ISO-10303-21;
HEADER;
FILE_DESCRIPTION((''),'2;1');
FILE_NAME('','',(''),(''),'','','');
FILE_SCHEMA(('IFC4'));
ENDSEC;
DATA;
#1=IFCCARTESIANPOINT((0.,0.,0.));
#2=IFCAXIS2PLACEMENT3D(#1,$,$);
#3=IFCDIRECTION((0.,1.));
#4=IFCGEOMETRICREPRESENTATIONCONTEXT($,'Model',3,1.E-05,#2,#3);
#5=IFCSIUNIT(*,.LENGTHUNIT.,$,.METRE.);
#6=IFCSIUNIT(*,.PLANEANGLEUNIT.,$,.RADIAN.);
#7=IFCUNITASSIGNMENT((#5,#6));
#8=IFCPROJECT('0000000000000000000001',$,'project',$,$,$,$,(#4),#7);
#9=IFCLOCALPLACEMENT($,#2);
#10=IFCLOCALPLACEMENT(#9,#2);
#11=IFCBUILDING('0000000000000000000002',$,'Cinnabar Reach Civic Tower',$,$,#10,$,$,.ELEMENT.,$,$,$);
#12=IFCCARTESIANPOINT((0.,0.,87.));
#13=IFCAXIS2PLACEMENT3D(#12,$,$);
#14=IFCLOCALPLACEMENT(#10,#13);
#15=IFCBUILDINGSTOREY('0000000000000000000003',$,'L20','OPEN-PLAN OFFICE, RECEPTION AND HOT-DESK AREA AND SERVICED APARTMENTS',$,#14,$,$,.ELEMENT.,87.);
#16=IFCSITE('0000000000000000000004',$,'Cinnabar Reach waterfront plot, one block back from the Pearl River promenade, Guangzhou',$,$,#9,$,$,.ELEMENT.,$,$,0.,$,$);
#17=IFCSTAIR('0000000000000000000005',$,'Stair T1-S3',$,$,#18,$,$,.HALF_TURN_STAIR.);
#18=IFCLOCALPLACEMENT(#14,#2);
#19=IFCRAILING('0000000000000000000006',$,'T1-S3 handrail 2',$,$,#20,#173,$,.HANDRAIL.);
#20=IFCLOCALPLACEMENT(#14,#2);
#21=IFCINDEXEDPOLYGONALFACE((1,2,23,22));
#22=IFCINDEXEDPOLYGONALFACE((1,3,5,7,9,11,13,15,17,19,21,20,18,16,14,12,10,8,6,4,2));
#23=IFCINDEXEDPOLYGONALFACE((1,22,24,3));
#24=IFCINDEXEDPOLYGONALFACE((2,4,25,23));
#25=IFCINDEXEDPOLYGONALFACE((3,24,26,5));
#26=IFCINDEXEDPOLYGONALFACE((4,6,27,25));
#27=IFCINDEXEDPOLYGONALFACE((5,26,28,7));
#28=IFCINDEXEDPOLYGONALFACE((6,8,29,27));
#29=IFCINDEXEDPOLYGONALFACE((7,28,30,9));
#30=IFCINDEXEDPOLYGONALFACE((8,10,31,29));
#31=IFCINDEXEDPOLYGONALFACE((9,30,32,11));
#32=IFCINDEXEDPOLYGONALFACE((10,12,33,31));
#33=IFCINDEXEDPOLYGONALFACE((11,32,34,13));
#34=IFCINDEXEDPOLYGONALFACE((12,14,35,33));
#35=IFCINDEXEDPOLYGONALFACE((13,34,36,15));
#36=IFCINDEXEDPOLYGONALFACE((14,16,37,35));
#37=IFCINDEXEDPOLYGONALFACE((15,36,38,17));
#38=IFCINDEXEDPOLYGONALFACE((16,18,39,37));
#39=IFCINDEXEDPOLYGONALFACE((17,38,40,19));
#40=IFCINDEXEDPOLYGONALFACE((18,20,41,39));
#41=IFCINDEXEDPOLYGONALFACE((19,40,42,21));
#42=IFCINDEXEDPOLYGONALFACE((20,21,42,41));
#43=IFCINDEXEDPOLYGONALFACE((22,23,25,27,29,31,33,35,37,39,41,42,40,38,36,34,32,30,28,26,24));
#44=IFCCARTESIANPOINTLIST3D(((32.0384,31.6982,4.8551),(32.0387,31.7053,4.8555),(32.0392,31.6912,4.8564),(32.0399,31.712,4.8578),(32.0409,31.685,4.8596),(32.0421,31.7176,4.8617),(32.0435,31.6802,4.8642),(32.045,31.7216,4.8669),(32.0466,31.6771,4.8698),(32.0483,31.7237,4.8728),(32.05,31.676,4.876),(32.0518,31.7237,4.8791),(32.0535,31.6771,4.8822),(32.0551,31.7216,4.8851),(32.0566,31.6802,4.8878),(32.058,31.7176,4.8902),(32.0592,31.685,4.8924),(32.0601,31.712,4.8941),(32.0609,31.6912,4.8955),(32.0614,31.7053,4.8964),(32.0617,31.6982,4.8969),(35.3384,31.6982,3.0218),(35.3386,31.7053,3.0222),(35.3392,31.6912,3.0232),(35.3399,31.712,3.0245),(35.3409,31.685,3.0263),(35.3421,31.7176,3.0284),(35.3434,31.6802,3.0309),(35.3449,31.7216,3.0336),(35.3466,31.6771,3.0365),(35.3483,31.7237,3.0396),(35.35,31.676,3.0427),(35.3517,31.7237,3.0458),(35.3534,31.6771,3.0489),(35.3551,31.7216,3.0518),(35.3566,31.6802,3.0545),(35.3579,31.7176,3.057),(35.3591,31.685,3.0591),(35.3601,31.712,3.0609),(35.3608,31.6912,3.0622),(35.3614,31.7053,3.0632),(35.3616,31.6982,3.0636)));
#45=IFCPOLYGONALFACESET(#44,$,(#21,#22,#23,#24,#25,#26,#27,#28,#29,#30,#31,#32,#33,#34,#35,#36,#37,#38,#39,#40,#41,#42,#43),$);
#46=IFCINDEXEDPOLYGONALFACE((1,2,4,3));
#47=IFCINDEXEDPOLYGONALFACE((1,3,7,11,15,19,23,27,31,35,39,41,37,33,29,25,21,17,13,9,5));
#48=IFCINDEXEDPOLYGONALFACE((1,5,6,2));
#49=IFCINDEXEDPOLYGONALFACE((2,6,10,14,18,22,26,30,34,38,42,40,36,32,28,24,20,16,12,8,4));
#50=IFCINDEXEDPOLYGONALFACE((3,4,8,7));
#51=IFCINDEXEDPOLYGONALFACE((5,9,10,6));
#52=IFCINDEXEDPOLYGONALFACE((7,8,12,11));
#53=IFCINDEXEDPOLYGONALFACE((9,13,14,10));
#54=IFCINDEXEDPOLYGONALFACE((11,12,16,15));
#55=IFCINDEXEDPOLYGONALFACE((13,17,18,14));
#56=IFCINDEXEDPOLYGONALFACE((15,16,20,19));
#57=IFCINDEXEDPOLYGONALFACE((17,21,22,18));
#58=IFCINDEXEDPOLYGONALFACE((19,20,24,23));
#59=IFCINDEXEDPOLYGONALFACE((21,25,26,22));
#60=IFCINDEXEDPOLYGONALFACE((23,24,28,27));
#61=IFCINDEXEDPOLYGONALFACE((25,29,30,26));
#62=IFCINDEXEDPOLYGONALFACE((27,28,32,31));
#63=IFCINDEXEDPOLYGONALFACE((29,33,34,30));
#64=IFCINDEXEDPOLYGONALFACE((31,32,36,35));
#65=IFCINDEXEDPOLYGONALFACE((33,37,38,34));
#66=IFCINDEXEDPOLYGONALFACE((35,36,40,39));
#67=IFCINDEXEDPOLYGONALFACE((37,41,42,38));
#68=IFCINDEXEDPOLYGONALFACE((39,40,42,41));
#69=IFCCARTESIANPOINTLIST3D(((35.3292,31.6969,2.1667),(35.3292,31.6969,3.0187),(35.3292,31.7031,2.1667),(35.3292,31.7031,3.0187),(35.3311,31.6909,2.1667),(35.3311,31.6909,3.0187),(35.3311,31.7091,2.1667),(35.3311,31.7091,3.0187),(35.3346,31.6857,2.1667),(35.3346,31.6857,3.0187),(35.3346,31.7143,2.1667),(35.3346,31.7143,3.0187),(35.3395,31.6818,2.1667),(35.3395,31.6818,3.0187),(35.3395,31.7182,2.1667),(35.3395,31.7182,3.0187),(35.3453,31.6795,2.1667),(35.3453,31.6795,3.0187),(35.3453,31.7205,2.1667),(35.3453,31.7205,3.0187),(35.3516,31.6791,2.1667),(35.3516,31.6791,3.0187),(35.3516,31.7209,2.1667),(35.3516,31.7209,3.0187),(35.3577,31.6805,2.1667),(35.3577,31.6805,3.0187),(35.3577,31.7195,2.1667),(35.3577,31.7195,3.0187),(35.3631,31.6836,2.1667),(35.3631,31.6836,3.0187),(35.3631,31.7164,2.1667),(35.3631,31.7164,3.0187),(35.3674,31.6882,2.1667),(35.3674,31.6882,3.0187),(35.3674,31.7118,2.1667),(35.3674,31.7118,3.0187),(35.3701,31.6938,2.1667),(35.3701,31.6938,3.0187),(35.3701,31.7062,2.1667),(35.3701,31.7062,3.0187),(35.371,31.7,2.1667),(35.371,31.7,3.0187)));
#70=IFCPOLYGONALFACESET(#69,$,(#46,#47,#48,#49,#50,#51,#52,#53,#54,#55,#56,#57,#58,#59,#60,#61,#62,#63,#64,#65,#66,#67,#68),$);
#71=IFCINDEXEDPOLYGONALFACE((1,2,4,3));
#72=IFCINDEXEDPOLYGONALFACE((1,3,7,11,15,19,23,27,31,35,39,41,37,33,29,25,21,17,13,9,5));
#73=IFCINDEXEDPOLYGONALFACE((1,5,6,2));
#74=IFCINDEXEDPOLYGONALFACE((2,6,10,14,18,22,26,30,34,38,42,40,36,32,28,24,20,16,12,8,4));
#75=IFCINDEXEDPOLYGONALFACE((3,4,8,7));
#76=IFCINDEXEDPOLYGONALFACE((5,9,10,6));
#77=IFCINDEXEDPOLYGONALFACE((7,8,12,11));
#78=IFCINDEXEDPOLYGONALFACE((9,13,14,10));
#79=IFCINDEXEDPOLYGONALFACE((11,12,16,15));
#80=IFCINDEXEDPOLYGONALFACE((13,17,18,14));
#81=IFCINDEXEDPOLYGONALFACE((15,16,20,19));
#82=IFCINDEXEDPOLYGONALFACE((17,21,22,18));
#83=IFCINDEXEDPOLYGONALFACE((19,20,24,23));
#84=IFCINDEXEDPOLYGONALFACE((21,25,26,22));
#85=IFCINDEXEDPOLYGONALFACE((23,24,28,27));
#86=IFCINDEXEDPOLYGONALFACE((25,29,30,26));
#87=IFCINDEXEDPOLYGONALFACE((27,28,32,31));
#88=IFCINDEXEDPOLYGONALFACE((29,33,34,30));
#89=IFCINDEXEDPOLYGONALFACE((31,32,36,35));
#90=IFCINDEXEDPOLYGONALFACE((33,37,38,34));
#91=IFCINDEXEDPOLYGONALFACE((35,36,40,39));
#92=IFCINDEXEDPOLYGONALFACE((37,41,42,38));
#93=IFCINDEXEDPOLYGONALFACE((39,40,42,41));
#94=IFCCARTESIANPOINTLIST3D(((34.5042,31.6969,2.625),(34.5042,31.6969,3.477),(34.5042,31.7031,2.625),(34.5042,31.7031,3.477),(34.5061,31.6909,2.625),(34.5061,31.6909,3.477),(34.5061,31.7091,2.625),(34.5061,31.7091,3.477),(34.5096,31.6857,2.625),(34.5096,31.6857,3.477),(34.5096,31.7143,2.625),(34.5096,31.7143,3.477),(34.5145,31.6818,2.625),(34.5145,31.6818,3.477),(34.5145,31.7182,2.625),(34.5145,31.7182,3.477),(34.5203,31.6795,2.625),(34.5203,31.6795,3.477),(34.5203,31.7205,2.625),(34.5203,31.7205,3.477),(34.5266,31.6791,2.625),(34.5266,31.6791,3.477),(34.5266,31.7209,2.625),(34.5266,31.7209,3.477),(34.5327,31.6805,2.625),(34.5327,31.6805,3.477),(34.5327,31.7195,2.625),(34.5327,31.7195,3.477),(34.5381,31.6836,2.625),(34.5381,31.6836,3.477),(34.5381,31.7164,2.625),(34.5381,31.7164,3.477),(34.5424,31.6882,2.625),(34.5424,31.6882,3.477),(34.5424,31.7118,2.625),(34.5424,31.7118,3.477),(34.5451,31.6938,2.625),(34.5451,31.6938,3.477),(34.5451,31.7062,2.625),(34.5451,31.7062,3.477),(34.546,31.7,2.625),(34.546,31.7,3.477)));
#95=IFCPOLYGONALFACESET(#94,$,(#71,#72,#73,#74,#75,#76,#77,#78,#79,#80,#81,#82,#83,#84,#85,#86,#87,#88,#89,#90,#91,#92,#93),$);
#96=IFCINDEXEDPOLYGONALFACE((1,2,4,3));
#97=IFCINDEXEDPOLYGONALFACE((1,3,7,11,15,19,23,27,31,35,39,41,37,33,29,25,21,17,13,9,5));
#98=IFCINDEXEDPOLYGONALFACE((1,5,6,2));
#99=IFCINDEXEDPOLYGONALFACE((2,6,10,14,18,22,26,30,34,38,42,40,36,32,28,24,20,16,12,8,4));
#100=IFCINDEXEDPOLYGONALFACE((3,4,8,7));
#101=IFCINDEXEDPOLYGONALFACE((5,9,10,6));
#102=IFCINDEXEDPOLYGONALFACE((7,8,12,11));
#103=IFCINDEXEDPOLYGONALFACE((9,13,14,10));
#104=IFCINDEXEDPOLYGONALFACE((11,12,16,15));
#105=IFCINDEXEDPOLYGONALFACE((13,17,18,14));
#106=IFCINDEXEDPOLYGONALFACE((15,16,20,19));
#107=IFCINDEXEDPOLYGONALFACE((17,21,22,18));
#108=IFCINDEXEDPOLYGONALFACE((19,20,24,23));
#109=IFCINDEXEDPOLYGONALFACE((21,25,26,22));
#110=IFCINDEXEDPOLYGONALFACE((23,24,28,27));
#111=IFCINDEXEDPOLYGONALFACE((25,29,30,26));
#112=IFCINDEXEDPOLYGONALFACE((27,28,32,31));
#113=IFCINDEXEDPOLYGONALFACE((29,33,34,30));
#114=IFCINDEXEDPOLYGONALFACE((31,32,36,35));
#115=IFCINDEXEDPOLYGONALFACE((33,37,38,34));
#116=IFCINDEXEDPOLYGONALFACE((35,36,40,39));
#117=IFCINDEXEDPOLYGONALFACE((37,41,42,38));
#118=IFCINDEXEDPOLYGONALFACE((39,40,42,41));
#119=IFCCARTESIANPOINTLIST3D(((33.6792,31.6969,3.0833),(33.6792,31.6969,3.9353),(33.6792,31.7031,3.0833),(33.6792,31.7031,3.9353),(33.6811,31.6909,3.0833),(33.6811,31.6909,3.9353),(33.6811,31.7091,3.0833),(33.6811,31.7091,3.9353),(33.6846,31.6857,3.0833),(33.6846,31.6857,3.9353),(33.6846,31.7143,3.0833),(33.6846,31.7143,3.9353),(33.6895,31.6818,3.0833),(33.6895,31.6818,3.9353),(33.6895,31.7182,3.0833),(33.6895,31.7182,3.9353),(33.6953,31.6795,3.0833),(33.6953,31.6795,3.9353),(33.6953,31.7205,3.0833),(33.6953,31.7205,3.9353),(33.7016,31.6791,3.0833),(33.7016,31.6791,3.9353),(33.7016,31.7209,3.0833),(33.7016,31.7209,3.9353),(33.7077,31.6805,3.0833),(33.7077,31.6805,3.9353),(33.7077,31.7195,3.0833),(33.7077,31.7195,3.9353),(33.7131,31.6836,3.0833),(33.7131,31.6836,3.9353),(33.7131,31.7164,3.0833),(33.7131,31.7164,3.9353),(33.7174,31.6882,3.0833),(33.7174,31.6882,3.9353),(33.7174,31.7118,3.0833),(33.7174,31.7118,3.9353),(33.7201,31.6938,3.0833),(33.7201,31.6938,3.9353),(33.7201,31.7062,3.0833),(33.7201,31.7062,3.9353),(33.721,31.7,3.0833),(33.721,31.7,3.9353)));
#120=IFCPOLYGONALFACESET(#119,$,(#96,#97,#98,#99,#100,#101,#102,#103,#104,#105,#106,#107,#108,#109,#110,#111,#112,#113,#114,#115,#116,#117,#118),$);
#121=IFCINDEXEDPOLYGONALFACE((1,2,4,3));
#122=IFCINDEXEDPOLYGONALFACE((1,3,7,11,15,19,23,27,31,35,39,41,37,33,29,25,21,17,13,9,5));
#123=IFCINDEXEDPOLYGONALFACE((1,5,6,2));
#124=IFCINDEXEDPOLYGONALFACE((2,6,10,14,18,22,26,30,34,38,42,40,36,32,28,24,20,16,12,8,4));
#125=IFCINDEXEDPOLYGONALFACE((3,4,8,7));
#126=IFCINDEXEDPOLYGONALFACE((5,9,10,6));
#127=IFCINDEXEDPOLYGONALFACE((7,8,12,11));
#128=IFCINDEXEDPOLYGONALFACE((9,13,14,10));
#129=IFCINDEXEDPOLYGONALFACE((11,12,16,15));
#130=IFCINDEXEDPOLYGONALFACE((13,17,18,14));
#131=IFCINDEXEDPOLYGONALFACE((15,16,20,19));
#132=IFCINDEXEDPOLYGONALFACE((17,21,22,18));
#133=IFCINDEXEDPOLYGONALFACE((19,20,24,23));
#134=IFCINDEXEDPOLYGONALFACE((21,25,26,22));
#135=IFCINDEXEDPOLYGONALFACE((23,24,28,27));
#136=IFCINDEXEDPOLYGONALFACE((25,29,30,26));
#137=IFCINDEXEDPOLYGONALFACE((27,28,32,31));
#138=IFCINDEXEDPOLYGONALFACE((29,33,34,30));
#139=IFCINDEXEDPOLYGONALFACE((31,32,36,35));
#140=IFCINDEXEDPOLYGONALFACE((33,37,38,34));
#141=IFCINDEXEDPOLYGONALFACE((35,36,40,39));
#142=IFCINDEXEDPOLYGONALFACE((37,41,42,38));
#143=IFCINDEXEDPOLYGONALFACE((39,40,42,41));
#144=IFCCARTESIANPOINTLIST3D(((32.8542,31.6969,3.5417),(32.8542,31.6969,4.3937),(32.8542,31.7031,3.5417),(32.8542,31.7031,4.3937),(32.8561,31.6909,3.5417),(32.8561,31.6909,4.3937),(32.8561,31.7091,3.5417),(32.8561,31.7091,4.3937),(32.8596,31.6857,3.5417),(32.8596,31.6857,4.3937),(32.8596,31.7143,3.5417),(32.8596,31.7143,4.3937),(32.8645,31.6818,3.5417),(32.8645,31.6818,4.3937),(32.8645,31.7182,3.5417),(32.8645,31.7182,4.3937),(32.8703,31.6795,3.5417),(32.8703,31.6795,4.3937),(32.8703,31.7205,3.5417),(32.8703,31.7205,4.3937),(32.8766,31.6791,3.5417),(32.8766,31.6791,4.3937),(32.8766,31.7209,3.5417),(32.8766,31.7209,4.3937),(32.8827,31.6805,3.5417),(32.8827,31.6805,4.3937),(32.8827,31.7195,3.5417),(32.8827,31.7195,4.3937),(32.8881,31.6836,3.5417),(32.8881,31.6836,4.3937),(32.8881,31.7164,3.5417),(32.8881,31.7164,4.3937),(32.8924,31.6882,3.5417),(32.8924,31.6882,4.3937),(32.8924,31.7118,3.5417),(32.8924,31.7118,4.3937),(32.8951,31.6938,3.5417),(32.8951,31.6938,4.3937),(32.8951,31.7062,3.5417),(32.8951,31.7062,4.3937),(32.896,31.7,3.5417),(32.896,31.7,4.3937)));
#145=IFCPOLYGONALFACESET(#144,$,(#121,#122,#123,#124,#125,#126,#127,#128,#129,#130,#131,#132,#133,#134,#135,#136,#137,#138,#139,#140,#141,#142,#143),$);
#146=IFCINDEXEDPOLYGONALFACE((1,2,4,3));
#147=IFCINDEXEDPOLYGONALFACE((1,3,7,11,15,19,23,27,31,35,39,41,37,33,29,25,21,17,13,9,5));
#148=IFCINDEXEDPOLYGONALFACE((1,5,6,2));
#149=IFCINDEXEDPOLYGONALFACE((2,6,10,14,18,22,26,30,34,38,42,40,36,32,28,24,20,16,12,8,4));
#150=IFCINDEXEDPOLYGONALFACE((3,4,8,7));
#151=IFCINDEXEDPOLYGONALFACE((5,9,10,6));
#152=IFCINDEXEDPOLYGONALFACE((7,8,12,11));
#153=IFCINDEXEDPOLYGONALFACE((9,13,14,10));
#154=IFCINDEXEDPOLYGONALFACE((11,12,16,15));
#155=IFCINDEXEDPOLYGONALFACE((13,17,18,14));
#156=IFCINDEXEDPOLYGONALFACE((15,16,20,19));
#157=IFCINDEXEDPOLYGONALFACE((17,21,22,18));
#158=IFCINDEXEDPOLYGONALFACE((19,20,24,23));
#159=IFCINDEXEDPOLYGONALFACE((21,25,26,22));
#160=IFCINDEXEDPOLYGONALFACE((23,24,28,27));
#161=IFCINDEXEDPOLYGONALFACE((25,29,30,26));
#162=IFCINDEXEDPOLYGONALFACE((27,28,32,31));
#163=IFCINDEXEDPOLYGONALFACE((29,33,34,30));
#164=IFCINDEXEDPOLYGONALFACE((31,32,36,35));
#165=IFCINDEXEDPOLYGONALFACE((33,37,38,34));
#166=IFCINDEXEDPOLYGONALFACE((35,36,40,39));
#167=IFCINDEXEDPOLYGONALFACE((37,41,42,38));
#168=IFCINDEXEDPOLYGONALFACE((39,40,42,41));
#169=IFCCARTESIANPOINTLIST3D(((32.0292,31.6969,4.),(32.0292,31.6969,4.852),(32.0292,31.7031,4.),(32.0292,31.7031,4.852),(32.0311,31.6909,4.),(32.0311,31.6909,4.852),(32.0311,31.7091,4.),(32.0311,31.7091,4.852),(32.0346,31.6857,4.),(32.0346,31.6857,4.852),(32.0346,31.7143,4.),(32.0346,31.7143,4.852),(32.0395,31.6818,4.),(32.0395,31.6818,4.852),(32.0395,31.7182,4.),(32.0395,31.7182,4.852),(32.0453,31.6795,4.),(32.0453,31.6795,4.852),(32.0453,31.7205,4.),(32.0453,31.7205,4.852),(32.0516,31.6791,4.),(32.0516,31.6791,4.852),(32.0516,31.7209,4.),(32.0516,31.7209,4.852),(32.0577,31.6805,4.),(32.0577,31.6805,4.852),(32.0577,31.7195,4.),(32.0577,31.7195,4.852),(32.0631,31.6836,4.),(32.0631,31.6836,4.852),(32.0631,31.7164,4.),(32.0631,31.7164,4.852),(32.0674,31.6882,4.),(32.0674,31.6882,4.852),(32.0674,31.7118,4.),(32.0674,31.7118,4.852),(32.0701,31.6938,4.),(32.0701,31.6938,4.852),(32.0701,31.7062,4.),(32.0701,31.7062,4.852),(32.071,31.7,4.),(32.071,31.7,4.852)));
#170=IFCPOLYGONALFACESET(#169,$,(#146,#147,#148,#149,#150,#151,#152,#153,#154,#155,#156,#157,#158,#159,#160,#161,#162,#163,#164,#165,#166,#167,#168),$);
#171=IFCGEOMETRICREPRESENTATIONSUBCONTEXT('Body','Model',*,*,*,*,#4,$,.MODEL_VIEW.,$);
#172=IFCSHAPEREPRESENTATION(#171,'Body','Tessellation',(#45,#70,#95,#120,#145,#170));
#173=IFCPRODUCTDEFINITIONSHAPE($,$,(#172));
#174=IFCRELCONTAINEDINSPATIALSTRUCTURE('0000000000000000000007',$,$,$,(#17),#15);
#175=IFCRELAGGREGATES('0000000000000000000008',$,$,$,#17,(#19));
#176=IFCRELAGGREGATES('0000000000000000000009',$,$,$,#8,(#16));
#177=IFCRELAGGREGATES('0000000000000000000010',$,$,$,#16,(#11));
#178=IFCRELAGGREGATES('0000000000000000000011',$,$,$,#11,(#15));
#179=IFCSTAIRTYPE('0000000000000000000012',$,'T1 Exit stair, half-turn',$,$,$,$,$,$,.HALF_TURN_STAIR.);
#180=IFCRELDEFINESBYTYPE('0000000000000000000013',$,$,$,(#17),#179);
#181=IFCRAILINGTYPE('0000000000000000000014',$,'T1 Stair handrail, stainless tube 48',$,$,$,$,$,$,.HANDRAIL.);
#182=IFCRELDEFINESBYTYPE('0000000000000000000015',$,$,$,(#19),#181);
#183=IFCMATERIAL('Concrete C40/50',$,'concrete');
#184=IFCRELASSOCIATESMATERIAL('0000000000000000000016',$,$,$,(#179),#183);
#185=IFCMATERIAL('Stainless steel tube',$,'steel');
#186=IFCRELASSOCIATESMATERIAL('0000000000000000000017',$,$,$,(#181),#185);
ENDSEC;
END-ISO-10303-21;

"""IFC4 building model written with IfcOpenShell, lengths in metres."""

from ifc_helpers import new_model, si_unit, direction, frame, origin, origin_2d, place, context, subcontext, project, spatial, circle, extrude, material, type_object, element, aggregate, save


model = new_model("IFC4")

# Units and contexts
model_context = context("Model", 3, precision=1e-05, world=origin(), true_north=direction((0.0, 1.0)))
body_context = subcontext(model_context, "Body", "Model", "MODEL_VIEW")
ifc_project = project(units=[si_unit("LENGTHUNIT", "METRE"), si_unit("PLANEANGLEUNIT", "RADIAN")], contexts=[model_context])

# Site, building, storey
site_placement = place(None, origin())
site = spatial("IfcSite", under=ifc_project, at=site_placement, Name="Cinnabar Reach waterfront plot, one block back from the Pearl River promenade, Guangzhou", CompositionType="ELEMENT", RefElevation=0.0)
building_placement = place(site_placement, origin())
building = spatial("IfcBuilding", under=site, at=building_placement, Name="Cinnabar Reach Civic Tower", CompositionType="ELEMENT")
storey_placement = place(building_placement, frame((0.0, 0.0, 87.0)))
storey = spatial("IfcBuildingStorey", under=building, at=storey_placement, Name="L20", Description="OPEN-PLAN OFFICE, RECEPTION AND HOT-DESK AREA AND SERVICED APARTMENTS", CompositionType="ELEMENT", Elevation=87.0)

# Stair, railing
ifc_material_1 = material(Name="Concrete C40/50", Category="concrete")
stair_type = type_object("IfcStairType", Name="T1 Exit stair, half-turn", PredefinedType="HALF_TURN_STAIR", material=ifc_material_1)
stair_placement = place(storey_placement, origin())
stair = element("IfcStair", 1, at=stair_placement, inside=storey, type_object=stair_type, Name="Stair T1-S3", PredefinedType="HALF_TURN_STAIR")
ifc_material_2 = material(Name="Stainless steel tube", Category="steel")
railing_type = type_object("IfcRailingType", Name="T1 Stair handrail, stainless tube 48", PredefinedType="HANDRAIL", material=ifc_material_2)
railing_1_placement = place(storey_placement, frame((35.35, 31.7, 2.1667)))
railing_1 = element("IfcRailing", 2, at=railing_1_placement, type_object=railing_type, Name="T1-S3 handrail 2", PredefinedType="HANDRAIL", context=body_context, shape_type="SweptSolid", body=[
    extrude(circle(Radius=0.024, at=origin_2d()), frame((0.0, 0.0, 0.876), z_axis=(-0.874161, 0.0, 0.485636), x_axis=(0.0, -1.0, 0.0)), (0.0, 0.0, 1.0), 3.775),
    extrude(circle(Radius=0.021, at=origin_2d()), origin(), (0.0, 0.0, 1.0), 0.852),
    extrude(circle(Radius=0.021, at=origin_2d()), frame((-0.825, 0.0, 0.4583)), (0.0, 0.0, 1.0), 0.852),
    extrude(circle(Radius=0.021, at=origin_2d()), frame((-1.65, 0.0, 0.9166)), (0.0, 0.0, 1.0), 0.852),
    extrude(circle(Radius=0.021, at=origin_2d()), frame((-2.475, 0.0, 1.375)), (0.0, 0.0, 1.0), 0.852),
    extrude(circle(Radius=0.021, at=origin_2d()), frame((-3.3, 0.0, 1.8333)), (0.0, 0.0, 1.0), 0.852),
])
aggregate(stair, [railing_1])

save(model, "model.ifc")
